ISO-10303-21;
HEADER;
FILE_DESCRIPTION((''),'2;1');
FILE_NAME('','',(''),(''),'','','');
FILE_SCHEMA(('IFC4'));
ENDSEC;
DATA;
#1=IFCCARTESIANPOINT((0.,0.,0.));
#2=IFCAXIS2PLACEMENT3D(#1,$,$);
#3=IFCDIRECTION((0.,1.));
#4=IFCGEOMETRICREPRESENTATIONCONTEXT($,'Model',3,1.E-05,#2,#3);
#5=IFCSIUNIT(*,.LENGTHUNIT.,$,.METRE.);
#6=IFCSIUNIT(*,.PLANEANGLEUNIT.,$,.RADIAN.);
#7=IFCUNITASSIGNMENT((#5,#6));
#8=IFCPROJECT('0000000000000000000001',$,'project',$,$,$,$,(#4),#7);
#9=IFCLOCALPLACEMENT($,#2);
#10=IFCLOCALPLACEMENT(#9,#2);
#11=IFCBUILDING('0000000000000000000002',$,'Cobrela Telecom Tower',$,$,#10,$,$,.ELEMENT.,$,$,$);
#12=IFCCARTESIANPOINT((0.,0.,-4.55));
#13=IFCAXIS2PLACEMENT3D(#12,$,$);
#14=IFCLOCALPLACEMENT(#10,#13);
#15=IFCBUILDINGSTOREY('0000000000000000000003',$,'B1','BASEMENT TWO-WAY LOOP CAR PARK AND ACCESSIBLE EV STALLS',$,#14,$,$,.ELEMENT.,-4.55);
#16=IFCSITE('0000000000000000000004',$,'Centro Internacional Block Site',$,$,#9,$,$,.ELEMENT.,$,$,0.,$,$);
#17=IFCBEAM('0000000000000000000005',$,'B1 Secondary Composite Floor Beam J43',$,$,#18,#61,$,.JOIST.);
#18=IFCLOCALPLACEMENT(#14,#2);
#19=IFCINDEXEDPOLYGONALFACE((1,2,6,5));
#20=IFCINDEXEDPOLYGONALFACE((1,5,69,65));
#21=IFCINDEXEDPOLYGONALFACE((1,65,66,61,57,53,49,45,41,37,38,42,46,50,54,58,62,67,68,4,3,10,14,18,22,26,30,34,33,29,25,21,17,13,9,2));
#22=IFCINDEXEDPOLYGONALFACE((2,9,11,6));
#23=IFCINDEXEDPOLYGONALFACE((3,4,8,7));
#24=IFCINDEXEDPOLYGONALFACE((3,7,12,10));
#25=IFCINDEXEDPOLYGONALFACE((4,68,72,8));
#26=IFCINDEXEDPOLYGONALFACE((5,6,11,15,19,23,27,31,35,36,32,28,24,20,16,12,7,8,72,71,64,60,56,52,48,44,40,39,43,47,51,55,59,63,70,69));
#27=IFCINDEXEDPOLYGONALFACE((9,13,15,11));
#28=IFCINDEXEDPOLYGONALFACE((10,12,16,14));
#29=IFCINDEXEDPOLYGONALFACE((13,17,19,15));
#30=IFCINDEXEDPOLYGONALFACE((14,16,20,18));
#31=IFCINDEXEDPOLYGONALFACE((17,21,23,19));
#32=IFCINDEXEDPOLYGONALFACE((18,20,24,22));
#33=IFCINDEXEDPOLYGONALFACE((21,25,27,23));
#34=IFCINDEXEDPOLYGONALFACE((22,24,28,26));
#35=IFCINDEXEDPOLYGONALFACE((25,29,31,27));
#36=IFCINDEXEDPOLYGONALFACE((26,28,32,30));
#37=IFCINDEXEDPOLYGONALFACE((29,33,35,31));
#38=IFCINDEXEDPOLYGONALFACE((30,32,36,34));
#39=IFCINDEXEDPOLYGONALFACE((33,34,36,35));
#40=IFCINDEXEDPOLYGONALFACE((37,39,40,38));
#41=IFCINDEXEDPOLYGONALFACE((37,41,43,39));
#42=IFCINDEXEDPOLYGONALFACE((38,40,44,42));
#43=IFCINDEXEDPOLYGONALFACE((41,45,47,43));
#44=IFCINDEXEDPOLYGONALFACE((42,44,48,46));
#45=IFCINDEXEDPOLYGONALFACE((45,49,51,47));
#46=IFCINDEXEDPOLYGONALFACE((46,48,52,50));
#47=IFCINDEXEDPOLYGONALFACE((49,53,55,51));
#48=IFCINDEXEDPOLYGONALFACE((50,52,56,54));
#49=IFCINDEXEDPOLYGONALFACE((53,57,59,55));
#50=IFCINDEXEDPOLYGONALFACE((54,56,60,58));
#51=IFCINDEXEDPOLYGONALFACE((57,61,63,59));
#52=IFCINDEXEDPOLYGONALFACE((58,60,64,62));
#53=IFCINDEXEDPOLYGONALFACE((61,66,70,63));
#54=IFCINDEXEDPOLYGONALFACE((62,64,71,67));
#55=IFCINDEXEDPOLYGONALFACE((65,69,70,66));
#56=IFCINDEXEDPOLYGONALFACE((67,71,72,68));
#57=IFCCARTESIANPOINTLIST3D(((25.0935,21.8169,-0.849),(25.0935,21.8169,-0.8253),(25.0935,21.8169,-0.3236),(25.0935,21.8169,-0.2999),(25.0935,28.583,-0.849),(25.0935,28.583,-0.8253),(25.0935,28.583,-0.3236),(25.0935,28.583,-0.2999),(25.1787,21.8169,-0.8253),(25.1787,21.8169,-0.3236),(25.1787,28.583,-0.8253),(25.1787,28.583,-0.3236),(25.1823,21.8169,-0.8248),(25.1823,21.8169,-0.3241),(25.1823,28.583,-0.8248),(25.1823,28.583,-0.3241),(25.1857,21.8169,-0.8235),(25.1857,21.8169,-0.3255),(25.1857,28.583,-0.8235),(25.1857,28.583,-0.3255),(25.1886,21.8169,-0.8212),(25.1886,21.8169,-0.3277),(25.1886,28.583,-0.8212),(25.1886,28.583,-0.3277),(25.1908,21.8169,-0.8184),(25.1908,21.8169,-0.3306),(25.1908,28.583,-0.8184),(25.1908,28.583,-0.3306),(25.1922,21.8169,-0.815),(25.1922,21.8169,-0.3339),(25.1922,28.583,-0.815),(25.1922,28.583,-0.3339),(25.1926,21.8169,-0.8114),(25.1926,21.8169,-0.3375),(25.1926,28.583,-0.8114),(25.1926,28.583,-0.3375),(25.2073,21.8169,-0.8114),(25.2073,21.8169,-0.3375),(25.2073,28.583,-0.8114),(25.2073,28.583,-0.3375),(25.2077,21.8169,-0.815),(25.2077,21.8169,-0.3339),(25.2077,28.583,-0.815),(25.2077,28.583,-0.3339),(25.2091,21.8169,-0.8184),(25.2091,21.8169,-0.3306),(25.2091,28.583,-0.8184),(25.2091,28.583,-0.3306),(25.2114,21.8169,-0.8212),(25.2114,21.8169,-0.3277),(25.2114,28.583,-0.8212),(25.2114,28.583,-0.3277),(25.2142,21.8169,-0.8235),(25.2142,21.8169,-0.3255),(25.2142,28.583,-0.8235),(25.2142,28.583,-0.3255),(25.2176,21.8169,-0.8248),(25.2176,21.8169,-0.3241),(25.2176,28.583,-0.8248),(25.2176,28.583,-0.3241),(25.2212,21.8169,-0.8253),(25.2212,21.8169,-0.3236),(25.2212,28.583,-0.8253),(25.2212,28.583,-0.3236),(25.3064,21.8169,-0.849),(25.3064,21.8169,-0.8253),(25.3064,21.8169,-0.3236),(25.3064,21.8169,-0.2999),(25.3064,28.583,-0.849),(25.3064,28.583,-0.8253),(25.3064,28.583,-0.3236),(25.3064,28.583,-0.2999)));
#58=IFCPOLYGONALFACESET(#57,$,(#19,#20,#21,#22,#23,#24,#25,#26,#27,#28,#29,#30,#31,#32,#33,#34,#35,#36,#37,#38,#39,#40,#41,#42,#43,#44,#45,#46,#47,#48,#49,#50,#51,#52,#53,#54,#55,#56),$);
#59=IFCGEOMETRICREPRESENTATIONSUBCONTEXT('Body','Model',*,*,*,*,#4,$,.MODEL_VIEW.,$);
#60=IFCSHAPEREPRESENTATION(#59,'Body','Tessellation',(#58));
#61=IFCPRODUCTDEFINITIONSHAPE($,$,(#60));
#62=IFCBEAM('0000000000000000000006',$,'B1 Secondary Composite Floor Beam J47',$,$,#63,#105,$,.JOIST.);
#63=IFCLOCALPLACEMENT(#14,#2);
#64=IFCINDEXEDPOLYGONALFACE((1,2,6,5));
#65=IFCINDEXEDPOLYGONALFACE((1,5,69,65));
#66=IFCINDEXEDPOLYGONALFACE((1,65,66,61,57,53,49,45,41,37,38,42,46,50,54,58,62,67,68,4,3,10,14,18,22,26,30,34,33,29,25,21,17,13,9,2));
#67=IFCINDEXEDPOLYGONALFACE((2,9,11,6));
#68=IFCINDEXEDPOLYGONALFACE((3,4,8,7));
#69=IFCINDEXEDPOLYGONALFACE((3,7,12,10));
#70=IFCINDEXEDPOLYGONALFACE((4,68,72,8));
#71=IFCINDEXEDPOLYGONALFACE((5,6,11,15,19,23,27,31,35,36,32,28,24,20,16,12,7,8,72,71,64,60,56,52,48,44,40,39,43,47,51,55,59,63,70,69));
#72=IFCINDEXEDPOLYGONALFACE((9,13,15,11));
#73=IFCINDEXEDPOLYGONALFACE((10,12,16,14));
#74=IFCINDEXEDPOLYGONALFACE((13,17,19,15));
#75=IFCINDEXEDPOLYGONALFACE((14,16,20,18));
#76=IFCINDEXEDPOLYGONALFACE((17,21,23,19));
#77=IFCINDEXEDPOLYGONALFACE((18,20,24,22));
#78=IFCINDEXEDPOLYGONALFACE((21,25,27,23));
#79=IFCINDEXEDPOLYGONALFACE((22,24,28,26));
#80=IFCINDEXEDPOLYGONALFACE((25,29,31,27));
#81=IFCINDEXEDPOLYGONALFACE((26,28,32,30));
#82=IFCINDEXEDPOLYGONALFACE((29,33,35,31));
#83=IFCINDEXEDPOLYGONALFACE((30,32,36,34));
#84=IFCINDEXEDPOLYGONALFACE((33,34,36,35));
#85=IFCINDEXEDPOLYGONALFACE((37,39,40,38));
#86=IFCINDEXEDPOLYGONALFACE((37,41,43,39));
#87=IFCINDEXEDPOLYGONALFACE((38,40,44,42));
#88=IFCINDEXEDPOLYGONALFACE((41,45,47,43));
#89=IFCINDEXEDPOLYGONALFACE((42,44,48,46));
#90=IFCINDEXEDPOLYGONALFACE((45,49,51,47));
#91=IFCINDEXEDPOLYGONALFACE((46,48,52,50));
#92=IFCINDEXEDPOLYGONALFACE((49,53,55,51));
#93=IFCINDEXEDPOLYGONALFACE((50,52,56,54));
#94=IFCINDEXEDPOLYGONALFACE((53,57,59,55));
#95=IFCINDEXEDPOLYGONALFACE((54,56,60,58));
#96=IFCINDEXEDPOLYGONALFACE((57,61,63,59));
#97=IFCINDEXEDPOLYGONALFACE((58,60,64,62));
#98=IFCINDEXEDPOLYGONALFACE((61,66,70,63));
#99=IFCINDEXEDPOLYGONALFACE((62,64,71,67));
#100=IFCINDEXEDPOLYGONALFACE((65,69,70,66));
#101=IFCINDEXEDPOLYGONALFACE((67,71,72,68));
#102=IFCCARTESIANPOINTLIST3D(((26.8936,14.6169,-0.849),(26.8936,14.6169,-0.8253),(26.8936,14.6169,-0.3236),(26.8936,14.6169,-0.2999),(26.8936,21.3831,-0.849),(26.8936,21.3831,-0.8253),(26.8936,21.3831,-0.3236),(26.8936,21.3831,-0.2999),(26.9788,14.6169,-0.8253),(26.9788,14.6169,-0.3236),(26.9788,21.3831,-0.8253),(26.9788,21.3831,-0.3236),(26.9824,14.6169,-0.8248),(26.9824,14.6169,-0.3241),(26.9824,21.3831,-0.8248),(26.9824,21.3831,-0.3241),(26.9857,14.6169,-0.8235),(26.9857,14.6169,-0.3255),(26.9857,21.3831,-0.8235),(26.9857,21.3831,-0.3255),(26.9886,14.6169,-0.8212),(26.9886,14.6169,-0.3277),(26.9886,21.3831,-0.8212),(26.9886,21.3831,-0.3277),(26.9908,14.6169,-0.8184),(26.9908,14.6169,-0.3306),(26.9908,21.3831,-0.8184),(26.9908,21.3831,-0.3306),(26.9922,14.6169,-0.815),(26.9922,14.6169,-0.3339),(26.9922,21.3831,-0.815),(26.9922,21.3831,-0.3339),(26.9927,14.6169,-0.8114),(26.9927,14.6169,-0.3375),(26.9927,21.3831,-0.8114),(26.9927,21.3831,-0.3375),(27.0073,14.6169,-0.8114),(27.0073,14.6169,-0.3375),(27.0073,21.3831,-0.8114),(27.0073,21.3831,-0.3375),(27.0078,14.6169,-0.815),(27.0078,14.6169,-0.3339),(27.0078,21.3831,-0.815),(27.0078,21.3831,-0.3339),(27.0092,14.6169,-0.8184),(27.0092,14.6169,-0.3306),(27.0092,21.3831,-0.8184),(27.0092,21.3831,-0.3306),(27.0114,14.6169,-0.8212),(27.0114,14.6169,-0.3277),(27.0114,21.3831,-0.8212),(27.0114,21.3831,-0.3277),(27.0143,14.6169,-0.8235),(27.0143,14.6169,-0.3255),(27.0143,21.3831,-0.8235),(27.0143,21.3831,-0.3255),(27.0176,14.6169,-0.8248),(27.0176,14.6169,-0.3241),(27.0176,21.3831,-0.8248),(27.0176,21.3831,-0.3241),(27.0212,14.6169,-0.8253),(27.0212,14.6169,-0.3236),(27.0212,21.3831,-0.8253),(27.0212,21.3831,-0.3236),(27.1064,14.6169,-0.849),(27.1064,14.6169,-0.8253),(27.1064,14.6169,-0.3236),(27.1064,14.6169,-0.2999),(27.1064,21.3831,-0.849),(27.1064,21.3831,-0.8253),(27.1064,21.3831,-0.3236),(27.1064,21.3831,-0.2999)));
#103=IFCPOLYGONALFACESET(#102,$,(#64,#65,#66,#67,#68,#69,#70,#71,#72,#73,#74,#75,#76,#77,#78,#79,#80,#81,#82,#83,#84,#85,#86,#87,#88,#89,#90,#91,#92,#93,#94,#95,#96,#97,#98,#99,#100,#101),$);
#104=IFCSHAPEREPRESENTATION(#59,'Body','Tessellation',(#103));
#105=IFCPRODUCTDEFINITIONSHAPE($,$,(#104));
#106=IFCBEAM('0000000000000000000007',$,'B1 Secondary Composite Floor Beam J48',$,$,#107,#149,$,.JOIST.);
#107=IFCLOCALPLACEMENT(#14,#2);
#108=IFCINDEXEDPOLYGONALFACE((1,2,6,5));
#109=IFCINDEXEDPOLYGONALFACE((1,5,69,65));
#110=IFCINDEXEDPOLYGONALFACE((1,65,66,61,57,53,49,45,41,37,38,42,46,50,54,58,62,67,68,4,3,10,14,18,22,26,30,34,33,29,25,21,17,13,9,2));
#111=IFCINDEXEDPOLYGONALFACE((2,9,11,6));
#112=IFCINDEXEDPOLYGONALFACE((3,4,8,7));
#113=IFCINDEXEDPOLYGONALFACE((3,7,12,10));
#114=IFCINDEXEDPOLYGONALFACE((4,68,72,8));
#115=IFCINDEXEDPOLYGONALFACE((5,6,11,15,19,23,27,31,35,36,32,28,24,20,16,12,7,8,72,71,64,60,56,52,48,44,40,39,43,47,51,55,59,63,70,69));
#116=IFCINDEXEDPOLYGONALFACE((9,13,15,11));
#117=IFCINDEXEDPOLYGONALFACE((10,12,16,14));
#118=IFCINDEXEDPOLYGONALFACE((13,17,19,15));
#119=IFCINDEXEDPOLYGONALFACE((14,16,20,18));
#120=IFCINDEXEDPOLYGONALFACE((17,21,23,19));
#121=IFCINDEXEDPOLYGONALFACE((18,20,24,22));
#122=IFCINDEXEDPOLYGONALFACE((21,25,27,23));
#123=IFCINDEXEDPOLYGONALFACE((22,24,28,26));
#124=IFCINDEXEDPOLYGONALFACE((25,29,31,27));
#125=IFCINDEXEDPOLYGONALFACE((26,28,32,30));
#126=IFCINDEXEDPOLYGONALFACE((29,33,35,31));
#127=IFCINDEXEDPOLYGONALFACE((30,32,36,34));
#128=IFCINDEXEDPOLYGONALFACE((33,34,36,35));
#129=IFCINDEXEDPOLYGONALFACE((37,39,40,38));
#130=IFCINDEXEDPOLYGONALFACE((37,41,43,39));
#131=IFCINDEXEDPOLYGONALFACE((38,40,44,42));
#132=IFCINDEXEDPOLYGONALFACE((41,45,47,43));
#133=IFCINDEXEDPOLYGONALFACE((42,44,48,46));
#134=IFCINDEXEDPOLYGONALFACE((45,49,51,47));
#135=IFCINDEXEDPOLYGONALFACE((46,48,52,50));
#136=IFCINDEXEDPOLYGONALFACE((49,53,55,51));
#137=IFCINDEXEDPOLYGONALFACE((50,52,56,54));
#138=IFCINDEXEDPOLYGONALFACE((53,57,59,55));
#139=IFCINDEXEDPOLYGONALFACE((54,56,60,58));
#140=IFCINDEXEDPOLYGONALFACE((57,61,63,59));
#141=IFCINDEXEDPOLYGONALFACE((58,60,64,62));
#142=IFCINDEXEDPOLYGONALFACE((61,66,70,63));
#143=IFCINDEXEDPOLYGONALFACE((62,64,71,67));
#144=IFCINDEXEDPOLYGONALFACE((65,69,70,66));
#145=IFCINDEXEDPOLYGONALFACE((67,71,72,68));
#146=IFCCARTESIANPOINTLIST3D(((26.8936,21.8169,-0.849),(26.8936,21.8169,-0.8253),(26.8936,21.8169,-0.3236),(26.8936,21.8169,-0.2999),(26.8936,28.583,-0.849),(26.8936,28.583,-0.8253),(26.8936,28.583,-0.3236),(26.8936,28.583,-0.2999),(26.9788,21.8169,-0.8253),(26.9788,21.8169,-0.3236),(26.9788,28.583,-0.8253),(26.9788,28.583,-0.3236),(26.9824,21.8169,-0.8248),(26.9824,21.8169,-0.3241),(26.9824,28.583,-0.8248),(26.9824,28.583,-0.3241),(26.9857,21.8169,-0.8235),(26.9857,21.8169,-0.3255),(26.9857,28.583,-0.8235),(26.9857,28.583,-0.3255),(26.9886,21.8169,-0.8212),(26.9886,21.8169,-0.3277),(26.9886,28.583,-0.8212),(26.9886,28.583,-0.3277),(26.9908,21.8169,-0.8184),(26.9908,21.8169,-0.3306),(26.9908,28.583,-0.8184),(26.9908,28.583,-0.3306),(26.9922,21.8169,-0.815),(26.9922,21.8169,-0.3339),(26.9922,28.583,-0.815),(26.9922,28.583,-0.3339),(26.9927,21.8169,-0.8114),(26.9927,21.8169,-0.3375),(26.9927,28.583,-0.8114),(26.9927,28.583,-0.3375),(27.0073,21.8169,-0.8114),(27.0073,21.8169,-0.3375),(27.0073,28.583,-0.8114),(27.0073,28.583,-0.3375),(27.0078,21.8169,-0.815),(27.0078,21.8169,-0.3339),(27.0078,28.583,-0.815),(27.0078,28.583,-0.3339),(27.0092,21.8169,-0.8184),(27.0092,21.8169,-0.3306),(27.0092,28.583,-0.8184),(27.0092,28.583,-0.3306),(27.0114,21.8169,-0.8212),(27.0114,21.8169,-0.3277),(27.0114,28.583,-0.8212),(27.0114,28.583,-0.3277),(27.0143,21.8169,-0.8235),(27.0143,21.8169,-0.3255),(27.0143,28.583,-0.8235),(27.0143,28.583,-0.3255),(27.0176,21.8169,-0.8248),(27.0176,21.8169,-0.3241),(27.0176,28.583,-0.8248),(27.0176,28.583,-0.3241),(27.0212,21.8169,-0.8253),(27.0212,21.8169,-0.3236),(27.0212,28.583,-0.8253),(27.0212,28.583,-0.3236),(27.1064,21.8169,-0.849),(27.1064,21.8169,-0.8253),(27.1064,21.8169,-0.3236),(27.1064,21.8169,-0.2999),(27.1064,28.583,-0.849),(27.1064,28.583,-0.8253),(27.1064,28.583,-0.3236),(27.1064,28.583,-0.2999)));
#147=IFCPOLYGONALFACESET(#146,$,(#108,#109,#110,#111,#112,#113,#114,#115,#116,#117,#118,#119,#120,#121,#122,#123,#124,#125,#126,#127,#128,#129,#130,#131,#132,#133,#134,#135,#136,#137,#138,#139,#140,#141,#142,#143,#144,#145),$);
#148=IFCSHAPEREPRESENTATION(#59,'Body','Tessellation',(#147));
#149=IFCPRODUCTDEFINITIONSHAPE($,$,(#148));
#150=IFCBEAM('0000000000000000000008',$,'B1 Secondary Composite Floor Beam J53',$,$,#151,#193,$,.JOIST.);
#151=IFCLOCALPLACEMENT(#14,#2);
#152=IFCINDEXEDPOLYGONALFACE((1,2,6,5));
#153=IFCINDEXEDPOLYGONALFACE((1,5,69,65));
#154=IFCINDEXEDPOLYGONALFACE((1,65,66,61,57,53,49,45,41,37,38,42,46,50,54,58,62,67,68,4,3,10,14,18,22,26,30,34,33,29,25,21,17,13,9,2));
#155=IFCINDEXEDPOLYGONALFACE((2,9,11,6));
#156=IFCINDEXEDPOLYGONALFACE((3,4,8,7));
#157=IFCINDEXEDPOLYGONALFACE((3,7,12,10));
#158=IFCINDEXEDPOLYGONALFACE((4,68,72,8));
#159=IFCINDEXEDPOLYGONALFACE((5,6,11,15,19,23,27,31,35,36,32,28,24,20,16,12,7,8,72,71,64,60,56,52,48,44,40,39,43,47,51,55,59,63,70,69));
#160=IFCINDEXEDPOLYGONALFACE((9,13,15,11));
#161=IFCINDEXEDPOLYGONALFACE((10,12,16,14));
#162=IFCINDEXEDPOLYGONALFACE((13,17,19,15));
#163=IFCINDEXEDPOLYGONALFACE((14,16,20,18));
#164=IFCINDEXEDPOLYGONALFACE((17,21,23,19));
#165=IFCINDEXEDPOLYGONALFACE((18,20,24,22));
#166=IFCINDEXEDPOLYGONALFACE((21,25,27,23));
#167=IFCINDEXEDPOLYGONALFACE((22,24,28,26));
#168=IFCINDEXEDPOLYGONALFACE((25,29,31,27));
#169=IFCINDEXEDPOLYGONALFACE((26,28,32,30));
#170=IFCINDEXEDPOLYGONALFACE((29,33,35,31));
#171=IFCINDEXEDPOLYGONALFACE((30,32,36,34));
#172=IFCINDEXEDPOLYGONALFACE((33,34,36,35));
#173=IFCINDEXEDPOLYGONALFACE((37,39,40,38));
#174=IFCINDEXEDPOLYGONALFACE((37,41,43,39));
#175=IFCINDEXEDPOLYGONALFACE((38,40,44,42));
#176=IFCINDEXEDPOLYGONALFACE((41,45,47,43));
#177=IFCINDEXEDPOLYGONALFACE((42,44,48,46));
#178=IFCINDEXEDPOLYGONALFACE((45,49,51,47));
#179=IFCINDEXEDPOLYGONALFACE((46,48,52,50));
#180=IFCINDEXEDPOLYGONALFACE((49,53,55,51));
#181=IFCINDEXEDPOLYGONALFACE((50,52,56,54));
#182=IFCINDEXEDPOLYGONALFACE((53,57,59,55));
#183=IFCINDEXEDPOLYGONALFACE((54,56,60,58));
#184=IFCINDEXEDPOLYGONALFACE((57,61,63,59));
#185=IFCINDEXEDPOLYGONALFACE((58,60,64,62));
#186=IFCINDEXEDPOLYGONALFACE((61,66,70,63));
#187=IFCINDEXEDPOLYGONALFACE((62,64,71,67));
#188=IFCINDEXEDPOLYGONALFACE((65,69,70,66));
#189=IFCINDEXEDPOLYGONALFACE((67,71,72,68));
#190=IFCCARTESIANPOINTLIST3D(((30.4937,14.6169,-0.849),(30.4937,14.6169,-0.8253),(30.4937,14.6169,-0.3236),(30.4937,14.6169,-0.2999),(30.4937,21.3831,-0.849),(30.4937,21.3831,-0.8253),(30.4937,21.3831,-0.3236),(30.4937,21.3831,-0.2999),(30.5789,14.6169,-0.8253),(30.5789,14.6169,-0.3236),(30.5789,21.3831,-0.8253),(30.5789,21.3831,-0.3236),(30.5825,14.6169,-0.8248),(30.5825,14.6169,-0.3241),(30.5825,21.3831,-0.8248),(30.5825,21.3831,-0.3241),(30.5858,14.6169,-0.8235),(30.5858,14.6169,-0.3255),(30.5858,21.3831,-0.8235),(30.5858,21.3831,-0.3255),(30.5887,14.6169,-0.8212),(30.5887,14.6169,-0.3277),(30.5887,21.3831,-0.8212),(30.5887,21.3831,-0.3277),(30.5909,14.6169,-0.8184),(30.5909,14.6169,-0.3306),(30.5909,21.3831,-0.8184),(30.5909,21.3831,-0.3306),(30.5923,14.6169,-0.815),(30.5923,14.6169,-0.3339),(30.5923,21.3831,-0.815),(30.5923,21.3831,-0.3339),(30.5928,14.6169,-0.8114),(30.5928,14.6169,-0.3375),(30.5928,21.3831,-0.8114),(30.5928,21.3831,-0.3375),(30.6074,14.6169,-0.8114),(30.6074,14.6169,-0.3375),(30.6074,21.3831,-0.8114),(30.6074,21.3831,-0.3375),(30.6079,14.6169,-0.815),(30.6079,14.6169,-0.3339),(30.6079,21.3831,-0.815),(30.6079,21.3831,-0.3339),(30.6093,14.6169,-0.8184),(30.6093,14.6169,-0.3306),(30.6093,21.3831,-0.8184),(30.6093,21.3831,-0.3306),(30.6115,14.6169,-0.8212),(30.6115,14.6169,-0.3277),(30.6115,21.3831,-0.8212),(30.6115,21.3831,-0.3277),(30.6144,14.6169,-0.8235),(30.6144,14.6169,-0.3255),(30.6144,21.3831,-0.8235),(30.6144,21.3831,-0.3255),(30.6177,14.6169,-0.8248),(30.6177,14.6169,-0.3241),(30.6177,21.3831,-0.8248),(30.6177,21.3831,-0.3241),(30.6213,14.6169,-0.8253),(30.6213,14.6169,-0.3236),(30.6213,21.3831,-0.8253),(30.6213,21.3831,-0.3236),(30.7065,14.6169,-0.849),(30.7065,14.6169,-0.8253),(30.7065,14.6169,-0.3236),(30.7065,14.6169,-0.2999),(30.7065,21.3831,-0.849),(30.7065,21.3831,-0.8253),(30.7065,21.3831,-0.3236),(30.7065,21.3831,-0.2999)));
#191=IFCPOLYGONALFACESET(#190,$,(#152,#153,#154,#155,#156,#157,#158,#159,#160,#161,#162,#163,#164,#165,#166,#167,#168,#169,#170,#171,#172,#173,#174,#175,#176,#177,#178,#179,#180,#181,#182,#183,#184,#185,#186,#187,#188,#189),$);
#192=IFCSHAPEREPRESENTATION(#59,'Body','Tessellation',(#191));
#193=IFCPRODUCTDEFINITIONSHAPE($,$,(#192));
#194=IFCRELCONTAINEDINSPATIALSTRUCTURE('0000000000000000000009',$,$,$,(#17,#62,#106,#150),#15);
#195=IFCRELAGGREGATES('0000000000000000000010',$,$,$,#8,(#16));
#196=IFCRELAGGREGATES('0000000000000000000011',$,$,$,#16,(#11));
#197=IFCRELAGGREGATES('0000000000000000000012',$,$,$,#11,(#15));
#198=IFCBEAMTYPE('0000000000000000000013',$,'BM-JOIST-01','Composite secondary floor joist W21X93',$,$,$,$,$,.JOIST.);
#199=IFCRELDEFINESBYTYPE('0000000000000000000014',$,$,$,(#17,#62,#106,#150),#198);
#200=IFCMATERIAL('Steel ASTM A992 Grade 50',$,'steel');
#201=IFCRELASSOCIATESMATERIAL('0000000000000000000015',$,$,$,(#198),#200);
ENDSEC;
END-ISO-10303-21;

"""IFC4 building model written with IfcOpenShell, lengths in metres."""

from ifc_helpers import new_model, si_unit, direction, frame, origin, origin_2d, place, context, subcontext, project, spatial, i_section, extrude, material, material_profile, profile_set, type_object, element, save


model = new_model("IFC4")

# Units and contexts
model_context = context("Model", 3, precision=1e-05, world=origin(), true_north=direction((0.0, 1.0)))
body_context = subcontext(model_context, "Body", "Model", "MODEL_VIEW")
ifc_project = project(units=[si_unit("LENGTHUNIT", "METRE"), si_unit("PLANEANGLEUNIT", "RADIAN")], contexts=[model_context])

# Site, building, storey
site_placement = place(None, origin())
site = spatial("IfcSite", under=ifc_project, at=site_placement, Name="Centro Internacional Block Site", CompositionType="ELEMENT", RefElevation=0.0)
building_placement = place(site_placement, origin())
building = spatial("IfcBuilding", under=site, at=building_placement, Name="Cobrela Telecom Tower", CompositionType="ELEMENT")
storey_placement = place(building_placement, frame((0.0, 0.0, -4.55)))
storey = spatial("IfcBuildingStorey", under=building, at=storey_placement, Name="B1", Description="BASEMENT TWO-WAY LOOP CAR PARK AND ACCESSIBLE EV STALLS", CompositionType="ELEMENT", Elevation=-4.55)

# Beams
ifc_material_1 = material(Name="Steel ASTM A992 Grade 50", Category="steel")
ifc_material_profile_1 = material_profile(ifc_material_1, i_section(OverallWidth=0.2129, OverallDepth=0.5491, WebThickness=0.0146, FlangeThickness=0.0237, FilletRadius=0.0139, at=origin_2d()), Name="W21X93")
ifc_profile_set_1 = profile_set([ifc_material_profile_1], Name="Steel ASTM A992 Grade 50")
beam_type_1 = type_object("IfcBeamType", Name="BM-JOIST-01", Description="Composite secondary floor joist W21X93", PredefinedType="JOIST", material=ifc_profile_set_1)
for number, where, z_axis, x_axis, name in (
    (1, (25.2, 21.8169, -0.5745), (0.0, 1.0, 0.0), (-1.0, 0.0, 0.0), "B1 Secondary Composite Floor Beam J43"),
    (2, (27.0, 14.6169, -0.5745), (0.0, 1.0, 0.0), (-1.0, 0.0, 0.0), "B1 Secondary Composite Floor Beam J47"),
    (3, (27.0, 21.8169, -0.5745), (0.0, 1.0, 0.0), (-1.0, 0.0, 0.0), "B1 Secondary Composite Floor Beam J48"),
    (4, (30.6001, 14.6169, -0.5745), (0.0, 1.0, 0.0), (-1.0, 0.0, 0.0), "B1 Secondary Composite Floor Beam J53"),
):
    element("IfcBeam", number, at=place(storey_placement, frame(where, z_axis=z_axis, x_axis=x_axis)), inside=storey, type_object=beam_type_1, Name=name, PredefinedType="JOIST", context=body_context, shape_type="SweptSolid", body=[
        extrude(i_section(OverallWidth=0.2129, OverallDepth=0.5491, WebThickness=0.0146, FlangeThickness=0.0237, FilletRadius=0.0139, at=origin_2d()), origin(), (0.0, 0.0, 1.0), 6.7661),
    ])

save(model, "model.ifc")
